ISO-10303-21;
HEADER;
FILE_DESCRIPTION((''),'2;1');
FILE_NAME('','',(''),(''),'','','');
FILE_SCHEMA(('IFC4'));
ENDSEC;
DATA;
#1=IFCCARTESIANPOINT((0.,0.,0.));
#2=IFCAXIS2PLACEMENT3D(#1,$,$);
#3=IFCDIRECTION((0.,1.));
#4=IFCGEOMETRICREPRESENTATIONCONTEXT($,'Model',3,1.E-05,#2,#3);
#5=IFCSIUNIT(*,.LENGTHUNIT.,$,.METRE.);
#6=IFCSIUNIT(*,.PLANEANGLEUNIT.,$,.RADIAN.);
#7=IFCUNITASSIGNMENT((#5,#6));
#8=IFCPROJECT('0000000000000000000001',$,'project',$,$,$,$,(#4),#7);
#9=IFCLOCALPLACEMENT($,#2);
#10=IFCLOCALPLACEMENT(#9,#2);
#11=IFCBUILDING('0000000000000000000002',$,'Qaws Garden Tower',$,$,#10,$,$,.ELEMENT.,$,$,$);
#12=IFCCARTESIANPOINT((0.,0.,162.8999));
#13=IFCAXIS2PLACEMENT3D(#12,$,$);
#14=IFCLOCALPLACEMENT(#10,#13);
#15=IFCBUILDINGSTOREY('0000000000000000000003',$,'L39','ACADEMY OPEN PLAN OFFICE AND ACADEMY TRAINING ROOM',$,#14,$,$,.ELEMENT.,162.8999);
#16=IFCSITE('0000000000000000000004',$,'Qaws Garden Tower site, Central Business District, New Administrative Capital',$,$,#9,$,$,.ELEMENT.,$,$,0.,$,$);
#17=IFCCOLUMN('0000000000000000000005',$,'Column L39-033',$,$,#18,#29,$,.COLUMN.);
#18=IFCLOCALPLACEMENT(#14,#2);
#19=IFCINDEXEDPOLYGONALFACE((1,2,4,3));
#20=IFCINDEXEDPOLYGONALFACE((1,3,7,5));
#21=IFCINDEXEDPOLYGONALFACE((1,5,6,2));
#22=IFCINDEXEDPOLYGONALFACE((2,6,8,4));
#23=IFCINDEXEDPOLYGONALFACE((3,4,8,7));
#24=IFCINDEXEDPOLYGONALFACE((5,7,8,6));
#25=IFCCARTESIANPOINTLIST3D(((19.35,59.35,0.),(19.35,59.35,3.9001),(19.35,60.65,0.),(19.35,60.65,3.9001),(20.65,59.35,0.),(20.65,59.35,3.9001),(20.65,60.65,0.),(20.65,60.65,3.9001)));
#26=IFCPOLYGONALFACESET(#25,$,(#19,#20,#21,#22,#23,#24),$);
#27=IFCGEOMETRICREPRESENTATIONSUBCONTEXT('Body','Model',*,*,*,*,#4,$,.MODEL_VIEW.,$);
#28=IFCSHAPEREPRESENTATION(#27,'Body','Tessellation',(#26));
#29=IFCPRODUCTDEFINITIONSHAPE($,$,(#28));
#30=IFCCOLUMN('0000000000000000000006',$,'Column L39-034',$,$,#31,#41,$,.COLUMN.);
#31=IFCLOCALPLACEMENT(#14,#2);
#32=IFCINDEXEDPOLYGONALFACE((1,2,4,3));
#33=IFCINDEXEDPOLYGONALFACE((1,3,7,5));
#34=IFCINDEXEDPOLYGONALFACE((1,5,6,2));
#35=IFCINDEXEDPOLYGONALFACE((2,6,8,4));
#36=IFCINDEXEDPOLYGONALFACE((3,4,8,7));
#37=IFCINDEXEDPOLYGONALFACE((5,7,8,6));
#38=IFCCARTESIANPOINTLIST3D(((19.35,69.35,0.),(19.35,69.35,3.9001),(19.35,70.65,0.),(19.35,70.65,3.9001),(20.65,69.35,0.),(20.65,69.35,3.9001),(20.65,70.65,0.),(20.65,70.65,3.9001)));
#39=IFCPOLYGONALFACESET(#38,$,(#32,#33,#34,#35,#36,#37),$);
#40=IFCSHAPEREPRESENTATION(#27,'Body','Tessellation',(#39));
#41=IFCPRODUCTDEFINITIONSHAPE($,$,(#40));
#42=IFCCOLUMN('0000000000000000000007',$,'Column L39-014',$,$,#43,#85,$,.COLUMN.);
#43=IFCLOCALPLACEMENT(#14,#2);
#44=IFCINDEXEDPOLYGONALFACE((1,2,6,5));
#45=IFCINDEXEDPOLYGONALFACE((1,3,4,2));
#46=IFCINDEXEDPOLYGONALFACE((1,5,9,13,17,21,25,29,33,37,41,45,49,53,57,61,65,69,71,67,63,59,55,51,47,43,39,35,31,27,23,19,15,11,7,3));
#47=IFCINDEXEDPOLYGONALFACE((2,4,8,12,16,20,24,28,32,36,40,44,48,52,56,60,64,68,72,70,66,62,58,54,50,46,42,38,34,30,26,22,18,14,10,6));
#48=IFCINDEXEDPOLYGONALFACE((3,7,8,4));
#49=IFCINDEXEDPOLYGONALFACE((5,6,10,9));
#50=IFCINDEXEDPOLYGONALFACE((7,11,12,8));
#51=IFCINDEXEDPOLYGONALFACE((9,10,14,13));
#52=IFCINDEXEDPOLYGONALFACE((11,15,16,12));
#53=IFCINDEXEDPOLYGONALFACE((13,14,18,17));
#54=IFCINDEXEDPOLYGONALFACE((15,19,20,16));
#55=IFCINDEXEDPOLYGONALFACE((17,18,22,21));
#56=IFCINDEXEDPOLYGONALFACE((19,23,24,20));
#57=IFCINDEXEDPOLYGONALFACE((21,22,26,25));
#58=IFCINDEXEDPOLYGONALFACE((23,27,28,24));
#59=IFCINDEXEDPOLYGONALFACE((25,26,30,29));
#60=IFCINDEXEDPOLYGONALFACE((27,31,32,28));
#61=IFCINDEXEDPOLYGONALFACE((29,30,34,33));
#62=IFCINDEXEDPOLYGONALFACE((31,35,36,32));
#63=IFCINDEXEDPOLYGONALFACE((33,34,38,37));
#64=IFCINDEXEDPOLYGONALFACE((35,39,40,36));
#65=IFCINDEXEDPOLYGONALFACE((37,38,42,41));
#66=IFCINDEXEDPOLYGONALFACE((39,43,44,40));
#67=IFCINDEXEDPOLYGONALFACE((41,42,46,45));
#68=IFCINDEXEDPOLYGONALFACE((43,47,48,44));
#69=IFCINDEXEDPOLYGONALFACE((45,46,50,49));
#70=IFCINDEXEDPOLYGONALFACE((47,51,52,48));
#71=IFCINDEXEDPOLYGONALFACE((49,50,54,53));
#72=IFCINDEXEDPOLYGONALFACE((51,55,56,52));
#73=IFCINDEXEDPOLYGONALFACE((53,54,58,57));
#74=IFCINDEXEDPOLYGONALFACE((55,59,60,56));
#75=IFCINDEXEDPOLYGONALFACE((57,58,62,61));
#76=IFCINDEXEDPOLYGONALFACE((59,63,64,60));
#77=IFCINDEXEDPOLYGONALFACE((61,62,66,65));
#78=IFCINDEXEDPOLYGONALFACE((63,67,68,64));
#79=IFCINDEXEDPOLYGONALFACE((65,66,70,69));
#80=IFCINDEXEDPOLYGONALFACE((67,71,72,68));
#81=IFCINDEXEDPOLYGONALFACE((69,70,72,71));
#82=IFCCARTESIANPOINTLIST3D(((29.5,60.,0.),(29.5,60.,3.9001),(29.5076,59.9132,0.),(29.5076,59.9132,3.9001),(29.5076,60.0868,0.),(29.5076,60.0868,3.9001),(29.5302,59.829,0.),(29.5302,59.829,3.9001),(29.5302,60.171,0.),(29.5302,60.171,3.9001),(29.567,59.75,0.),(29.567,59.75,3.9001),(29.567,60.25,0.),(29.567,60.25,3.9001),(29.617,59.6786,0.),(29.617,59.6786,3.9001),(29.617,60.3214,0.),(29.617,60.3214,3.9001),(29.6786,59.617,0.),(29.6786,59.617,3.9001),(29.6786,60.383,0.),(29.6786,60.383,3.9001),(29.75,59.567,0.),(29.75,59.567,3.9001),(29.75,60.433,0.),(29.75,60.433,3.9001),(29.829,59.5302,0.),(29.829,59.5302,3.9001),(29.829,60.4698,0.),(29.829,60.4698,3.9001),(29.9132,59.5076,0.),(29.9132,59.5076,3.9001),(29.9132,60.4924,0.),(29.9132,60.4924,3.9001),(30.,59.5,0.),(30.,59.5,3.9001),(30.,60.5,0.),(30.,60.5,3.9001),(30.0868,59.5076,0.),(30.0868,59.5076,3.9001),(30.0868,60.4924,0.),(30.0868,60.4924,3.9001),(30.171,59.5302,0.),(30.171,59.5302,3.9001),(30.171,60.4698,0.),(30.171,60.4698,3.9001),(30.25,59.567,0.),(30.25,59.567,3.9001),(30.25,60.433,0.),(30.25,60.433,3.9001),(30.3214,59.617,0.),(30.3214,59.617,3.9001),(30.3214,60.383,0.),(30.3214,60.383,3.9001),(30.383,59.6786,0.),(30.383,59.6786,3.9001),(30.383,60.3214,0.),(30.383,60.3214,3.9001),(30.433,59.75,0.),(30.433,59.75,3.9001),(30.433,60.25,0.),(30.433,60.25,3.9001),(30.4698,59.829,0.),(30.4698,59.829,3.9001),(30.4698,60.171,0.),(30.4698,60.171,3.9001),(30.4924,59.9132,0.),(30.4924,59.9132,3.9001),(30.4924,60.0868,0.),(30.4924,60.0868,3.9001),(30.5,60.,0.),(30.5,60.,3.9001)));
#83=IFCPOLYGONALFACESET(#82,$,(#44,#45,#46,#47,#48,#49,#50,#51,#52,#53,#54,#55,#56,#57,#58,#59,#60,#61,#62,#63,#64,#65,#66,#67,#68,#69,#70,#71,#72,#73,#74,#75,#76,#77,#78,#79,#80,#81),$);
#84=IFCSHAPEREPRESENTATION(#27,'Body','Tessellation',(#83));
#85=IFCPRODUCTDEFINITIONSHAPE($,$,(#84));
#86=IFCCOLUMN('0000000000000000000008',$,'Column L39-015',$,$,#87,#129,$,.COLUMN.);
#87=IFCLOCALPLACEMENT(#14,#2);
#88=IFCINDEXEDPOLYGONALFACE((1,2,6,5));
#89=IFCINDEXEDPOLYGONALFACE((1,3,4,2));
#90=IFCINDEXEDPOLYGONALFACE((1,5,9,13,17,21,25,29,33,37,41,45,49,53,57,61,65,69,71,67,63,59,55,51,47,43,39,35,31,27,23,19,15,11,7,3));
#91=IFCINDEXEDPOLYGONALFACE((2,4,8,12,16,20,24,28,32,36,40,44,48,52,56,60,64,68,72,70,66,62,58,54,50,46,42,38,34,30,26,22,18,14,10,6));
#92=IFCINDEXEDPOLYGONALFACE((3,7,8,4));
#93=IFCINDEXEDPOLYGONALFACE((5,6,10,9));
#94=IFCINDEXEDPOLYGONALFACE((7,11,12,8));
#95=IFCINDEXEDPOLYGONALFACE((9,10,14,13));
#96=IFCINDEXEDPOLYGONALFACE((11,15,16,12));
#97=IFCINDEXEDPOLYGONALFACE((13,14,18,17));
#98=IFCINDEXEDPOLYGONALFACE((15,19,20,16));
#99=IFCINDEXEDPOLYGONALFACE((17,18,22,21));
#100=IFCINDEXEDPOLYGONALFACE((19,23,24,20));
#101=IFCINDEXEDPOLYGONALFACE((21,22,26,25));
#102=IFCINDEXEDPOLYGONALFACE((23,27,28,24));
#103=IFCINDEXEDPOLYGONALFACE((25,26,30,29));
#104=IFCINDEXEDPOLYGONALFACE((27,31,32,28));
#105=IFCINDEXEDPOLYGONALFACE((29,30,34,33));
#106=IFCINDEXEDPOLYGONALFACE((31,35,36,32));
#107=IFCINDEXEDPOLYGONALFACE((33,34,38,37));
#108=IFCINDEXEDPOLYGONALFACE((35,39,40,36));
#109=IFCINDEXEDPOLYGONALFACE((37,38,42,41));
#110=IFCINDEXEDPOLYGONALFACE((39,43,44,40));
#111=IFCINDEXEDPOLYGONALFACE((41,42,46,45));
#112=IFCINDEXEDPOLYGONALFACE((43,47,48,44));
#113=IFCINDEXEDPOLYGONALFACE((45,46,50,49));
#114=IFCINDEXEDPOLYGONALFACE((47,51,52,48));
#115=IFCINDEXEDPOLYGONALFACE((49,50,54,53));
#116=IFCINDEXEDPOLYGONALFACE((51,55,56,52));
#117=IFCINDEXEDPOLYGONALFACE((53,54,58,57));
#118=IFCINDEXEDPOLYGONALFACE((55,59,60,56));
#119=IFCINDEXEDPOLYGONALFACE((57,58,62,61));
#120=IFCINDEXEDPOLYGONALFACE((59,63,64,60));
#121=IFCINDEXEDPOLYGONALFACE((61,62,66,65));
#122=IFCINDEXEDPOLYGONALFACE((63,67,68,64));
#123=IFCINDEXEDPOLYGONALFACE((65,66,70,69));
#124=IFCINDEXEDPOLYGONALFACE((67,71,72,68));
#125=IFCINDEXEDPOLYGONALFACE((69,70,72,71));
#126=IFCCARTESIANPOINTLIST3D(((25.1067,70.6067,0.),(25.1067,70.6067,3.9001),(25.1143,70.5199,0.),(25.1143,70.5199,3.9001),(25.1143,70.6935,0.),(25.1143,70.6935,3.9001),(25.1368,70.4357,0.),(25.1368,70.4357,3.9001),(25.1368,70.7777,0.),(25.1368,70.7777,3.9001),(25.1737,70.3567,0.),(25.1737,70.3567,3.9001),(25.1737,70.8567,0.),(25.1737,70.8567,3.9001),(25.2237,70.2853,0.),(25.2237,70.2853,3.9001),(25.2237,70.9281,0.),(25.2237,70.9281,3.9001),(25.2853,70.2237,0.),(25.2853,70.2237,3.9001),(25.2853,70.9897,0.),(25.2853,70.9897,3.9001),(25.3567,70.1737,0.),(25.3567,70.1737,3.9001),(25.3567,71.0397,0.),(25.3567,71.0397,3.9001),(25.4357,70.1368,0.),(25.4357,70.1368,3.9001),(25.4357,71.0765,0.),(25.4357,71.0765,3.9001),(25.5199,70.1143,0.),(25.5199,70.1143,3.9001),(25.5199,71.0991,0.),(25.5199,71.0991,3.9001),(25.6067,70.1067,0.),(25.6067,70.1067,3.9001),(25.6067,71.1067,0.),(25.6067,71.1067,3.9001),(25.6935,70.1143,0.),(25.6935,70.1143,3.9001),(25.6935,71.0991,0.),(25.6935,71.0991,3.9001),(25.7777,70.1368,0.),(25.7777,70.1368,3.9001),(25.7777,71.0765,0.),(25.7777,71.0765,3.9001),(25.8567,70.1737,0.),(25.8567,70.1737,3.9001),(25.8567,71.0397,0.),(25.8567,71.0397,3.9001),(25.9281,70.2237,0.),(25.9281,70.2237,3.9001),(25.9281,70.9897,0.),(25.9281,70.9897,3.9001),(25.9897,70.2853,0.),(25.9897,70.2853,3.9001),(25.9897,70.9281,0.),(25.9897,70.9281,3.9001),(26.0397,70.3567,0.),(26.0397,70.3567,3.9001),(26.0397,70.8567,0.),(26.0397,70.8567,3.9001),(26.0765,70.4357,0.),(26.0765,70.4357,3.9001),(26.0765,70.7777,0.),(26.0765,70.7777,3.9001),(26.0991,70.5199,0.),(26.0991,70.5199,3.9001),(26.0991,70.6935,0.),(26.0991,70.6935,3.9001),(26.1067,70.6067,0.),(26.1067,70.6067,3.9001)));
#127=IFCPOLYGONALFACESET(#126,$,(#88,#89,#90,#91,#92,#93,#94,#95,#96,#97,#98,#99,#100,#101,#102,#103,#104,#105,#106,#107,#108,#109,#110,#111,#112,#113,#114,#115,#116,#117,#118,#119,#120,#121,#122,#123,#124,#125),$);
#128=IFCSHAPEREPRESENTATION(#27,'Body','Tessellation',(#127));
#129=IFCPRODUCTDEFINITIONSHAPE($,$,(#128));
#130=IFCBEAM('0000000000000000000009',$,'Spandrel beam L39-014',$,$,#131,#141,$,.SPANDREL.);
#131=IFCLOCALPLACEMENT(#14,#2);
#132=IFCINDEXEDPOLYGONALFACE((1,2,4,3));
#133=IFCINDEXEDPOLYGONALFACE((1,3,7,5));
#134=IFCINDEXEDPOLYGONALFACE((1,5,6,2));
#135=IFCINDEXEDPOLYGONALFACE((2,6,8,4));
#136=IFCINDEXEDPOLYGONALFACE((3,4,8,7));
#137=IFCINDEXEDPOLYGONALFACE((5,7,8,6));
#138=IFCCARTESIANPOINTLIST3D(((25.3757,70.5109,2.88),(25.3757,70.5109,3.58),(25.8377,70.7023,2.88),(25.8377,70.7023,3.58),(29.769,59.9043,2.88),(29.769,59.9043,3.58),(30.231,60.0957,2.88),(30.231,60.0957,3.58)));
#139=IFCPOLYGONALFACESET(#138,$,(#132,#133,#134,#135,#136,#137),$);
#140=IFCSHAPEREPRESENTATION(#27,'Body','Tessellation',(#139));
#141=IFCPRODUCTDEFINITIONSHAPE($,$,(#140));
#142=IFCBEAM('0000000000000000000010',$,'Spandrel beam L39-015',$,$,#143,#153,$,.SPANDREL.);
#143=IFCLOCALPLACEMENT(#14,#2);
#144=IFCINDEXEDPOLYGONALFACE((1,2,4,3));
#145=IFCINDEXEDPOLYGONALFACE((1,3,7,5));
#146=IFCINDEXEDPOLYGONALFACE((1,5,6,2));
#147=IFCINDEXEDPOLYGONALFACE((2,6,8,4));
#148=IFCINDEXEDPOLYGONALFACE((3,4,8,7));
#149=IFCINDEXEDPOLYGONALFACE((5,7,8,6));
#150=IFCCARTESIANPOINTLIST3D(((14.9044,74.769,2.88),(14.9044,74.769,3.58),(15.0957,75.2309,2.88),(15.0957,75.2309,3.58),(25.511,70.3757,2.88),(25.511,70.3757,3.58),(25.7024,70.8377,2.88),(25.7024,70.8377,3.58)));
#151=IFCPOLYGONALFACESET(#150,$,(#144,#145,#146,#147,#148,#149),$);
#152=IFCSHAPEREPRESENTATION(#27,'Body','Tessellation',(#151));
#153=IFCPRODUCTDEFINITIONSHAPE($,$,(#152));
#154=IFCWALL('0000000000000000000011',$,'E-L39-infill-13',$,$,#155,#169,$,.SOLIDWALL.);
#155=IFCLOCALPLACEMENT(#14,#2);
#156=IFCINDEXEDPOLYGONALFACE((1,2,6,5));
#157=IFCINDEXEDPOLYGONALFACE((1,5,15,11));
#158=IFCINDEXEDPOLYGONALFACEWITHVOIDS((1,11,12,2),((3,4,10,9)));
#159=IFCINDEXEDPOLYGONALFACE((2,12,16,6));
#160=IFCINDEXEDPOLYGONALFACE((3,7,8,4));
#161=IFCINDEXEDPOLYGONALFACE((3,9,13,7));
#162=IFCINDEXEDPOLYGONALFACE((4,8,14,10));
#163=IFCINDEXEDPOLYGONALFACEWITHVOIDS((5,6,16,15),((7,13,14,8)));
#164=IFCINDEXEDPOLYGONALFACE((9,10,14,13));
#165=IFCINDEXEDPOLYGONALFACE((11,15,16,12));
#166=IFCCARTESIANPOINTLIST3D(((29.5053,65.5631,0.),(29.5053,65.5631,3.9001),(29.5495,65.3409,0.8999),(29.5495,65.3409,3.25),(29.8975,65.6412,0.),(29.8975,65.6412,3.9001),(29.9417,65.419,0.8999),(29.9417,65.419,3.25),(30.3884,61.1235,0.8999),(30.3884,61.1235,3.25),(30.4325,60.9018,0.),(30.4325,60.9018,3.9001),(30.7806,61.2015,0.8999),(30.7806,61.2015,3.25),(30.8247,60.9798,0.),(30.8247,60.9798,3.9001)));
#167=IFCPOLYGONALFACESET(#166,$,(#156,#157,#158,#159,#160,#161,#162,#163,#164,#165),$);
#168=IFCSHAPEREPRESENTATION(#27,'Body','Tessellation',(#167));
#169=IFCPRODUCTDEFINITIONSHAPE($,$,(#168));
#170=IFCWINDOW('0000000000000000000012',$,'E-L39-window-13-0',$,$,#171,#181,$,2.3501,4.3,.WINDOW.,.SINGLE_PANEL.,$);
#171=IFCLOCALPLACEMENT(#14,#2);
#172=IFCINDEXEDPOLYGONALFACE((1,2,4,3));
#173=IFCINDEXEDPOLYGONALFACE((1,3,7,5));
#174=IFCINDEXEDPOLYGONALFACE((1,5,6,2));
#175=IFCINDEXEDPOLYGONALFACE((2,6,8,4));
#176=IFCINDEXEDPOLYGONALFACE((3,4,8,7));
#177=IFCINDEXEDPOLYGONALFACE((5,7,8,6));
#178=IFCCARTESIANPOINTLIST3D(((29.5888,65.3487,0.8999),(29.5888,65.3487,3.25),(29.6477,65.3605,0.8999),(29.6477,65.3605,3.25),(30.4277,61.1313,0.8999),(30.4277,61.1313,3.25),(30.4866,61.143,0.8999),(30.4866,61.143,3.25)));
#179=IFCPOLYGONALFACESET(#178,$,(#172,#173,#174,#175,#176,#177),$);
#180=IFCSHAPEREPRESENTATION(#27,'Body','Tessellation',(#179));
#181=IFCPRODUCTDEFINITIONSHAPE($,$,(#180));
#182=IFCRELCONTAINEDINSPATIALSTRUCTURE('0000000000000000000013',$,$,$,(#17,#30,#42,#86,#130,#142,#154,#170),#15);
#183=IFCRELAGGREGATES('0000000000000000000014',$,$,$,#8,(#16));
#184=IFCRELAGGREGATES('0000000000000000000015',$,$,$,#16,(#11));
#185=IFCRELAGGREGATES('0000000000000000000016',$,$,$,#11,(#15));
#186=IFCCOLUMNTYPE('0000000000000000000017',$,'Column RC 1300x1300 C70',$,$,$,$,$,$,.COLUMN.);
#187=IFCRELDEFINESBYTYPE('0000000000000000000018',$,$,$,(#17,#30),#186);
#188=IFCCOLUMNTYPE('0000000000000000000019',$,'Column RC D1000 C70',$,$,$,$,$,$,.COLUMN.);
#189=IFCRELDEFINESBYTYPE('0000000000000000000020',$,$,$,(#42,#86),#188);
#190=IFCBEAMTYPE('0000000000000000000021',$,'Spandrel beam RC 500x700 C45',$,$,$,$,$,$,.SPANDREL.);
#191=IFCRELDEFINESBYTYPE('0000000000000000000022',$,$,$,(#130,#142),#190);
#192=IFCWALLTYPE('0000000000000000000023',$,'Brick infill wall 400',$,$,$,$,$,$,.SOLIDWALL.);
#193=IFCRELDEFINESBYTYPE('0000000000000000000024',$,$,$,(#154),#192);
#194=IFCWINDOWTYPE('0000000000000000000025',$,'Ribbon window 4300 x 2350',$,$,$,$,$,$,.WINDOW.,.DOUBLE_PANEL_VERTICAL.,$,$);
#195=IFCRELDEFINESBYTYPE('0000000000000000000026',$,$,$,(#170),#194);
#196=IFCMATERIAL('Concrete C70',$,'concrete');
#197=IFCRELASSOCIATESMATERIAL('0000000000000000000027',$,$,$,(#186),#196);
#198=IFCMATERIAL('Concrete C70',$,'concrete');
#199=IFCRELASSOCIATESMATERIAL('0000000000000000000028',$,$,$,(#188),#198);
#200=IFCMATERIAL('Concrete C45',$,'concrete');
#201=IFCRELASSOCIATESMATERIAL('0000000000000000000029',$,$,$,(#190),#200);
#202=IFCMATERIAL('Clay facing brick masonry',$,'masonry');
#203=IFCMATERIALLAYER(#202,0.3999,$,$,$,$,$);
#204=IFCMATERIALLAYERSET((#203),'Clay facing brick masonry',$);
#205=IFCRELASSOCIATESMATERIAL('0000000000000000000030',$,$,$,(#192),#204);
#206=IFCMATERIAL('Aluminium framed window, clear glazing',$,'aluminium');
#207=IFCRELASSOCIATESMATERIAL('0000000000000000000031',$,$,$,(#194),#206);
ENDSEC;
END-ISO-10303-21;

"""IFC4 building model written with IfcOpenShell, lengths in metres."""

from ifc_helpers import new_model, si_unit, direction, frame, frame_2d, origin, origin_2d, place, context, subcontext, project, spatial, rectangle, circle, extrude, material, layer, layer_set, material_profile, profile_set, type_object, element, fill, save


model = new_model("IFC4")

# Units and contexts
model_context = context("Model", 3, precision=1e-05, world=origin(), true_north=direction((0.0, 1.0)))
body_context = subcontext(model_context, "Body", "Model", "MODEL_VIEW")
ifc_project = project(units=[si_unit("LENGTHUNIT", "METRE"), si_unit("PLANEANGLEUNIT", "RADIAN")], contexts=[model_context])

# Site, building, storey
site_placement = place(None, origin())
site = spatial("IfcSite", under=ifc_project, at=site_placement, Name="Qaws Garden Tower site, Central Business District, New Administrative Capital", CompositionType="ELEMENT", RefElevation=0.0)
building_placement = place(site_placement, origin())
building = spatial("IfcBuilding", under=site, at=building_placement, Name="Qaws Garden Tower", CompositionType="ELEMENT")
storey_placement = place(building_placement, frame((0.0, 0.0, 162.8999)))
storey = spatial("IfcBuildingStorey", under=building, at=storey_placement, Name="L39", Description="ACADEMY OPEN PLAN OFFICE AND ACADEMY TRAINING ROOM", CompositionType="ELEMENT", Elevation=162.8999)

# Columns
ifc_material_1 = material(Name="Concrete C70", Category="concrete")
ifc_material_profile_1 = material_profile(ifc_material_1, rectangle(XDim=1.3, YDim=1.3, at=origin_2d()), Name="RC 1300x1300")
ifc_profile_set_1 = profile_set([ifc_material_profile_1], Name="Concrete C70")
column_type_1 = type_object("IfcColumnType", Name="Column RC 1300x1300 C70", PredefinedType="COLUMN", material=ifc_profile_set_1)
for number, where, z_axis, x_axis, name in (
    (1, (20.0, 60.0, 0.0), (0.0, 0.0, 1.0), (1.0, 0.0, 0.0), "Column L39-033"),
    (2, (20.0, 70.0, 0.0), (0.0, 0.0, 1.0), (1.0, 0.0, 0.0), "Column L39-034"),
):
    element("IfcColumn", number, at=place(storey_placement, frame(where, z_axis=z_axis, x_axis=x_axis)), inside=storey, type_object=column_type_1, Name=name, PredefinedType="COLUMN", context=body_context, shape_type="SweptSolid", body=[
        extrude(rectangle(XDim=1.3, YDim=1.3, at=origin_2d()), origin(), (0.0, 0.0, 1.0), 3.9001),
    ])
ifc_material_2 = material(Name="Concrete C70", Category="concrete")
ifc_material_profile_2 = material_profile(ifc_material_2, circle(Radius=0.5, at=origin_2d()), Name="RC D1000")
ifc_profile_set_2 = profile_set([ifc_material_profile_2], Name="Concrete C70")
column_type_2 = type_object("IfcColumnType", Name="Column RC D1000 C70", PredefinedType="COLUMN", material=ifc_profile_set_2)
for number, where, z_axis, x_axis, name in (
    (3, (30.0, 60.0, 0.0), (0.0, 0.0, 1.0), (1.0, 0.0, 0.0), "Column L39-014"),
    (4, (25.6067, 70.6067, 0.0), (0.0, 0.0, 1.0), (1.0, 0.0, 0.0), "Column L39-015"),
):
    element("IfcColumn", number, at=place(storey_placement, frame(where, z_axis=z_axis, x_axis=x_axis)), inside=storey, type_object=column_type_2, Name=name, PredefinedType="COLUMN", context=body_context, shape_type="SweptSolid", body=[
        extrude(circle(Radius=0.5, at=origin_2d()), origin(), (0.0, 0.0, 1.0), 3.9001),
    ])

# Beams
ifc_material_3 = material(Name="Concrete C45", Category="concrete")
ifc_material_profile_3 = material_profile(ifc_material_3, rectangle(XDim=0.5, YDim=0.7, at=origin_2d()), Name="RC 500x700")
ifc_profile_set_3 = profile_set([ifc_material_profile_3], Name="Concrete C45")
beam_type = type_object("IfcBeamType", Name="Spandrel beam RC 500x700 C45", PredefinedType="SPANDREL", material=ifc_profile_set_3)
for number, where, z_axis, x_axis, name in (
    (5, (30.0, 60.0, 3.23), (-0.382674, 0.923883, 0.0), (-0.923883, -0.382674, 0.0), "Spandrel beam L39-014"),
    (6, (25.6067, 70.6067, 3.23), (-0.923883, 0.382674, 0.0), (-0.382674, -0.923883, 0.0), "Spandrel beam L39-015"),
):
    element("IfcBeam", number, at=place(storey_placement, frame(where, z_axis=z_axis, x_axis=x_axis)), inside=storey, type_object=beam_type, Name=name, PredefinedType="SPANDREL", context=body_context, shape_type="SweptSolid", body=[
        extrude(rectangle(XDim=0.5, YDim=0.7, at=origin_2d()), origin(), (0.0, 0.0, 1.0), 11.4805),
    ])

# Wall, opening, window
ifc_material_4 = material(Name="Clay facing brick masonry", Category="masonry")
ifc_layer_1 = layer(ifc_material_4, 0.3999)
ifc_layer_set_1 = layer_set([ifc_layer_1], Name="Clay facing brick masonry")
wall_type_1 = type_object("IfcWallType", Name="Brick infill wall 400", PredefinedType="SOLIDWALL", material=ifc_layer_set_1)
wall_1_placement = place(storey_placement, frame((30.6287, 60.9407, 0.0), z_axis=(0.0, 0.0, 1.0), x_axis=(-0.195099, 0.980784, 0.0)))
wall_1 = element("IfcWall", 7, at=wall_1_placement, inside=storey, type_object=wall_type_1, Name="E-L39-infill-13", PredefinedType="SOLIDWALL", context=body_context, shape_type="SweptSolid", body=[
    extrude(rectangle(XDim=4.7527, YDim=0.3999, at=frame_2d((2.3765, 0.0))), origin(), (0.0, 0.0, 1.0), 3.9001),
])
opening_1_placement = place(wall_1_placement, frame((0.2263, 0.0, 0.8999)))
opening_1 = element("IfcOpeningElement", 8, at=opening_1_placement, cuts=wall_1, PredefinedType="OPENING", context=body_context, shape_type="SweptSolid", body=[
    extrude(rectangle(XDim=4.3, YDim=2.3501, at=frame_2d((2.1499, 1.175))), frame((0.0, 0.21, 0.0), z_axis=(0.0, -1.0, 0.0), x_axis=(1.0, 0.0, 0.0)), (0.0, 0.0, 1.0), 0.4199),
])
ifc_material_5 = material(Name="Aluminium framed window, clear glazing", Category="aluminium")
window_type = type_object("IfcWindowType", Name="Ribbon window 4300 x 2350", PartitioningType="DOUBLE_PANEL_VERTICAL", PredefinedType="WINDOW", material=ifc_material_5)
window_1_placement = place(opening_1_placement, origin())
window_1 = element("IfcWindow", 9, at=window_1_placement, inside=storey, type_object=window_type, Name="E-L39-window-13-0", OverallHeight=2.3501, OverallWidth=4.3, PartitioningType="SINGLE_PANEL", PredefinedType="WINDOW", context=body_context, shape_type="SweptSolid", body=[
    extrude(rectangle(XDim=4.3, YDim=2.3501, at=frame_2d((2.1499, 1.175))), frame((0.0, 0.1599, 0.0), z_axis=(0.0, -1.0, 0.0), x_axis=(1.0, 0.0, 0.0)), (0.0, 0.0, 1.0), 0.0601),
])
fill(opening_1, window_1)

save(model, "model.ifc")
